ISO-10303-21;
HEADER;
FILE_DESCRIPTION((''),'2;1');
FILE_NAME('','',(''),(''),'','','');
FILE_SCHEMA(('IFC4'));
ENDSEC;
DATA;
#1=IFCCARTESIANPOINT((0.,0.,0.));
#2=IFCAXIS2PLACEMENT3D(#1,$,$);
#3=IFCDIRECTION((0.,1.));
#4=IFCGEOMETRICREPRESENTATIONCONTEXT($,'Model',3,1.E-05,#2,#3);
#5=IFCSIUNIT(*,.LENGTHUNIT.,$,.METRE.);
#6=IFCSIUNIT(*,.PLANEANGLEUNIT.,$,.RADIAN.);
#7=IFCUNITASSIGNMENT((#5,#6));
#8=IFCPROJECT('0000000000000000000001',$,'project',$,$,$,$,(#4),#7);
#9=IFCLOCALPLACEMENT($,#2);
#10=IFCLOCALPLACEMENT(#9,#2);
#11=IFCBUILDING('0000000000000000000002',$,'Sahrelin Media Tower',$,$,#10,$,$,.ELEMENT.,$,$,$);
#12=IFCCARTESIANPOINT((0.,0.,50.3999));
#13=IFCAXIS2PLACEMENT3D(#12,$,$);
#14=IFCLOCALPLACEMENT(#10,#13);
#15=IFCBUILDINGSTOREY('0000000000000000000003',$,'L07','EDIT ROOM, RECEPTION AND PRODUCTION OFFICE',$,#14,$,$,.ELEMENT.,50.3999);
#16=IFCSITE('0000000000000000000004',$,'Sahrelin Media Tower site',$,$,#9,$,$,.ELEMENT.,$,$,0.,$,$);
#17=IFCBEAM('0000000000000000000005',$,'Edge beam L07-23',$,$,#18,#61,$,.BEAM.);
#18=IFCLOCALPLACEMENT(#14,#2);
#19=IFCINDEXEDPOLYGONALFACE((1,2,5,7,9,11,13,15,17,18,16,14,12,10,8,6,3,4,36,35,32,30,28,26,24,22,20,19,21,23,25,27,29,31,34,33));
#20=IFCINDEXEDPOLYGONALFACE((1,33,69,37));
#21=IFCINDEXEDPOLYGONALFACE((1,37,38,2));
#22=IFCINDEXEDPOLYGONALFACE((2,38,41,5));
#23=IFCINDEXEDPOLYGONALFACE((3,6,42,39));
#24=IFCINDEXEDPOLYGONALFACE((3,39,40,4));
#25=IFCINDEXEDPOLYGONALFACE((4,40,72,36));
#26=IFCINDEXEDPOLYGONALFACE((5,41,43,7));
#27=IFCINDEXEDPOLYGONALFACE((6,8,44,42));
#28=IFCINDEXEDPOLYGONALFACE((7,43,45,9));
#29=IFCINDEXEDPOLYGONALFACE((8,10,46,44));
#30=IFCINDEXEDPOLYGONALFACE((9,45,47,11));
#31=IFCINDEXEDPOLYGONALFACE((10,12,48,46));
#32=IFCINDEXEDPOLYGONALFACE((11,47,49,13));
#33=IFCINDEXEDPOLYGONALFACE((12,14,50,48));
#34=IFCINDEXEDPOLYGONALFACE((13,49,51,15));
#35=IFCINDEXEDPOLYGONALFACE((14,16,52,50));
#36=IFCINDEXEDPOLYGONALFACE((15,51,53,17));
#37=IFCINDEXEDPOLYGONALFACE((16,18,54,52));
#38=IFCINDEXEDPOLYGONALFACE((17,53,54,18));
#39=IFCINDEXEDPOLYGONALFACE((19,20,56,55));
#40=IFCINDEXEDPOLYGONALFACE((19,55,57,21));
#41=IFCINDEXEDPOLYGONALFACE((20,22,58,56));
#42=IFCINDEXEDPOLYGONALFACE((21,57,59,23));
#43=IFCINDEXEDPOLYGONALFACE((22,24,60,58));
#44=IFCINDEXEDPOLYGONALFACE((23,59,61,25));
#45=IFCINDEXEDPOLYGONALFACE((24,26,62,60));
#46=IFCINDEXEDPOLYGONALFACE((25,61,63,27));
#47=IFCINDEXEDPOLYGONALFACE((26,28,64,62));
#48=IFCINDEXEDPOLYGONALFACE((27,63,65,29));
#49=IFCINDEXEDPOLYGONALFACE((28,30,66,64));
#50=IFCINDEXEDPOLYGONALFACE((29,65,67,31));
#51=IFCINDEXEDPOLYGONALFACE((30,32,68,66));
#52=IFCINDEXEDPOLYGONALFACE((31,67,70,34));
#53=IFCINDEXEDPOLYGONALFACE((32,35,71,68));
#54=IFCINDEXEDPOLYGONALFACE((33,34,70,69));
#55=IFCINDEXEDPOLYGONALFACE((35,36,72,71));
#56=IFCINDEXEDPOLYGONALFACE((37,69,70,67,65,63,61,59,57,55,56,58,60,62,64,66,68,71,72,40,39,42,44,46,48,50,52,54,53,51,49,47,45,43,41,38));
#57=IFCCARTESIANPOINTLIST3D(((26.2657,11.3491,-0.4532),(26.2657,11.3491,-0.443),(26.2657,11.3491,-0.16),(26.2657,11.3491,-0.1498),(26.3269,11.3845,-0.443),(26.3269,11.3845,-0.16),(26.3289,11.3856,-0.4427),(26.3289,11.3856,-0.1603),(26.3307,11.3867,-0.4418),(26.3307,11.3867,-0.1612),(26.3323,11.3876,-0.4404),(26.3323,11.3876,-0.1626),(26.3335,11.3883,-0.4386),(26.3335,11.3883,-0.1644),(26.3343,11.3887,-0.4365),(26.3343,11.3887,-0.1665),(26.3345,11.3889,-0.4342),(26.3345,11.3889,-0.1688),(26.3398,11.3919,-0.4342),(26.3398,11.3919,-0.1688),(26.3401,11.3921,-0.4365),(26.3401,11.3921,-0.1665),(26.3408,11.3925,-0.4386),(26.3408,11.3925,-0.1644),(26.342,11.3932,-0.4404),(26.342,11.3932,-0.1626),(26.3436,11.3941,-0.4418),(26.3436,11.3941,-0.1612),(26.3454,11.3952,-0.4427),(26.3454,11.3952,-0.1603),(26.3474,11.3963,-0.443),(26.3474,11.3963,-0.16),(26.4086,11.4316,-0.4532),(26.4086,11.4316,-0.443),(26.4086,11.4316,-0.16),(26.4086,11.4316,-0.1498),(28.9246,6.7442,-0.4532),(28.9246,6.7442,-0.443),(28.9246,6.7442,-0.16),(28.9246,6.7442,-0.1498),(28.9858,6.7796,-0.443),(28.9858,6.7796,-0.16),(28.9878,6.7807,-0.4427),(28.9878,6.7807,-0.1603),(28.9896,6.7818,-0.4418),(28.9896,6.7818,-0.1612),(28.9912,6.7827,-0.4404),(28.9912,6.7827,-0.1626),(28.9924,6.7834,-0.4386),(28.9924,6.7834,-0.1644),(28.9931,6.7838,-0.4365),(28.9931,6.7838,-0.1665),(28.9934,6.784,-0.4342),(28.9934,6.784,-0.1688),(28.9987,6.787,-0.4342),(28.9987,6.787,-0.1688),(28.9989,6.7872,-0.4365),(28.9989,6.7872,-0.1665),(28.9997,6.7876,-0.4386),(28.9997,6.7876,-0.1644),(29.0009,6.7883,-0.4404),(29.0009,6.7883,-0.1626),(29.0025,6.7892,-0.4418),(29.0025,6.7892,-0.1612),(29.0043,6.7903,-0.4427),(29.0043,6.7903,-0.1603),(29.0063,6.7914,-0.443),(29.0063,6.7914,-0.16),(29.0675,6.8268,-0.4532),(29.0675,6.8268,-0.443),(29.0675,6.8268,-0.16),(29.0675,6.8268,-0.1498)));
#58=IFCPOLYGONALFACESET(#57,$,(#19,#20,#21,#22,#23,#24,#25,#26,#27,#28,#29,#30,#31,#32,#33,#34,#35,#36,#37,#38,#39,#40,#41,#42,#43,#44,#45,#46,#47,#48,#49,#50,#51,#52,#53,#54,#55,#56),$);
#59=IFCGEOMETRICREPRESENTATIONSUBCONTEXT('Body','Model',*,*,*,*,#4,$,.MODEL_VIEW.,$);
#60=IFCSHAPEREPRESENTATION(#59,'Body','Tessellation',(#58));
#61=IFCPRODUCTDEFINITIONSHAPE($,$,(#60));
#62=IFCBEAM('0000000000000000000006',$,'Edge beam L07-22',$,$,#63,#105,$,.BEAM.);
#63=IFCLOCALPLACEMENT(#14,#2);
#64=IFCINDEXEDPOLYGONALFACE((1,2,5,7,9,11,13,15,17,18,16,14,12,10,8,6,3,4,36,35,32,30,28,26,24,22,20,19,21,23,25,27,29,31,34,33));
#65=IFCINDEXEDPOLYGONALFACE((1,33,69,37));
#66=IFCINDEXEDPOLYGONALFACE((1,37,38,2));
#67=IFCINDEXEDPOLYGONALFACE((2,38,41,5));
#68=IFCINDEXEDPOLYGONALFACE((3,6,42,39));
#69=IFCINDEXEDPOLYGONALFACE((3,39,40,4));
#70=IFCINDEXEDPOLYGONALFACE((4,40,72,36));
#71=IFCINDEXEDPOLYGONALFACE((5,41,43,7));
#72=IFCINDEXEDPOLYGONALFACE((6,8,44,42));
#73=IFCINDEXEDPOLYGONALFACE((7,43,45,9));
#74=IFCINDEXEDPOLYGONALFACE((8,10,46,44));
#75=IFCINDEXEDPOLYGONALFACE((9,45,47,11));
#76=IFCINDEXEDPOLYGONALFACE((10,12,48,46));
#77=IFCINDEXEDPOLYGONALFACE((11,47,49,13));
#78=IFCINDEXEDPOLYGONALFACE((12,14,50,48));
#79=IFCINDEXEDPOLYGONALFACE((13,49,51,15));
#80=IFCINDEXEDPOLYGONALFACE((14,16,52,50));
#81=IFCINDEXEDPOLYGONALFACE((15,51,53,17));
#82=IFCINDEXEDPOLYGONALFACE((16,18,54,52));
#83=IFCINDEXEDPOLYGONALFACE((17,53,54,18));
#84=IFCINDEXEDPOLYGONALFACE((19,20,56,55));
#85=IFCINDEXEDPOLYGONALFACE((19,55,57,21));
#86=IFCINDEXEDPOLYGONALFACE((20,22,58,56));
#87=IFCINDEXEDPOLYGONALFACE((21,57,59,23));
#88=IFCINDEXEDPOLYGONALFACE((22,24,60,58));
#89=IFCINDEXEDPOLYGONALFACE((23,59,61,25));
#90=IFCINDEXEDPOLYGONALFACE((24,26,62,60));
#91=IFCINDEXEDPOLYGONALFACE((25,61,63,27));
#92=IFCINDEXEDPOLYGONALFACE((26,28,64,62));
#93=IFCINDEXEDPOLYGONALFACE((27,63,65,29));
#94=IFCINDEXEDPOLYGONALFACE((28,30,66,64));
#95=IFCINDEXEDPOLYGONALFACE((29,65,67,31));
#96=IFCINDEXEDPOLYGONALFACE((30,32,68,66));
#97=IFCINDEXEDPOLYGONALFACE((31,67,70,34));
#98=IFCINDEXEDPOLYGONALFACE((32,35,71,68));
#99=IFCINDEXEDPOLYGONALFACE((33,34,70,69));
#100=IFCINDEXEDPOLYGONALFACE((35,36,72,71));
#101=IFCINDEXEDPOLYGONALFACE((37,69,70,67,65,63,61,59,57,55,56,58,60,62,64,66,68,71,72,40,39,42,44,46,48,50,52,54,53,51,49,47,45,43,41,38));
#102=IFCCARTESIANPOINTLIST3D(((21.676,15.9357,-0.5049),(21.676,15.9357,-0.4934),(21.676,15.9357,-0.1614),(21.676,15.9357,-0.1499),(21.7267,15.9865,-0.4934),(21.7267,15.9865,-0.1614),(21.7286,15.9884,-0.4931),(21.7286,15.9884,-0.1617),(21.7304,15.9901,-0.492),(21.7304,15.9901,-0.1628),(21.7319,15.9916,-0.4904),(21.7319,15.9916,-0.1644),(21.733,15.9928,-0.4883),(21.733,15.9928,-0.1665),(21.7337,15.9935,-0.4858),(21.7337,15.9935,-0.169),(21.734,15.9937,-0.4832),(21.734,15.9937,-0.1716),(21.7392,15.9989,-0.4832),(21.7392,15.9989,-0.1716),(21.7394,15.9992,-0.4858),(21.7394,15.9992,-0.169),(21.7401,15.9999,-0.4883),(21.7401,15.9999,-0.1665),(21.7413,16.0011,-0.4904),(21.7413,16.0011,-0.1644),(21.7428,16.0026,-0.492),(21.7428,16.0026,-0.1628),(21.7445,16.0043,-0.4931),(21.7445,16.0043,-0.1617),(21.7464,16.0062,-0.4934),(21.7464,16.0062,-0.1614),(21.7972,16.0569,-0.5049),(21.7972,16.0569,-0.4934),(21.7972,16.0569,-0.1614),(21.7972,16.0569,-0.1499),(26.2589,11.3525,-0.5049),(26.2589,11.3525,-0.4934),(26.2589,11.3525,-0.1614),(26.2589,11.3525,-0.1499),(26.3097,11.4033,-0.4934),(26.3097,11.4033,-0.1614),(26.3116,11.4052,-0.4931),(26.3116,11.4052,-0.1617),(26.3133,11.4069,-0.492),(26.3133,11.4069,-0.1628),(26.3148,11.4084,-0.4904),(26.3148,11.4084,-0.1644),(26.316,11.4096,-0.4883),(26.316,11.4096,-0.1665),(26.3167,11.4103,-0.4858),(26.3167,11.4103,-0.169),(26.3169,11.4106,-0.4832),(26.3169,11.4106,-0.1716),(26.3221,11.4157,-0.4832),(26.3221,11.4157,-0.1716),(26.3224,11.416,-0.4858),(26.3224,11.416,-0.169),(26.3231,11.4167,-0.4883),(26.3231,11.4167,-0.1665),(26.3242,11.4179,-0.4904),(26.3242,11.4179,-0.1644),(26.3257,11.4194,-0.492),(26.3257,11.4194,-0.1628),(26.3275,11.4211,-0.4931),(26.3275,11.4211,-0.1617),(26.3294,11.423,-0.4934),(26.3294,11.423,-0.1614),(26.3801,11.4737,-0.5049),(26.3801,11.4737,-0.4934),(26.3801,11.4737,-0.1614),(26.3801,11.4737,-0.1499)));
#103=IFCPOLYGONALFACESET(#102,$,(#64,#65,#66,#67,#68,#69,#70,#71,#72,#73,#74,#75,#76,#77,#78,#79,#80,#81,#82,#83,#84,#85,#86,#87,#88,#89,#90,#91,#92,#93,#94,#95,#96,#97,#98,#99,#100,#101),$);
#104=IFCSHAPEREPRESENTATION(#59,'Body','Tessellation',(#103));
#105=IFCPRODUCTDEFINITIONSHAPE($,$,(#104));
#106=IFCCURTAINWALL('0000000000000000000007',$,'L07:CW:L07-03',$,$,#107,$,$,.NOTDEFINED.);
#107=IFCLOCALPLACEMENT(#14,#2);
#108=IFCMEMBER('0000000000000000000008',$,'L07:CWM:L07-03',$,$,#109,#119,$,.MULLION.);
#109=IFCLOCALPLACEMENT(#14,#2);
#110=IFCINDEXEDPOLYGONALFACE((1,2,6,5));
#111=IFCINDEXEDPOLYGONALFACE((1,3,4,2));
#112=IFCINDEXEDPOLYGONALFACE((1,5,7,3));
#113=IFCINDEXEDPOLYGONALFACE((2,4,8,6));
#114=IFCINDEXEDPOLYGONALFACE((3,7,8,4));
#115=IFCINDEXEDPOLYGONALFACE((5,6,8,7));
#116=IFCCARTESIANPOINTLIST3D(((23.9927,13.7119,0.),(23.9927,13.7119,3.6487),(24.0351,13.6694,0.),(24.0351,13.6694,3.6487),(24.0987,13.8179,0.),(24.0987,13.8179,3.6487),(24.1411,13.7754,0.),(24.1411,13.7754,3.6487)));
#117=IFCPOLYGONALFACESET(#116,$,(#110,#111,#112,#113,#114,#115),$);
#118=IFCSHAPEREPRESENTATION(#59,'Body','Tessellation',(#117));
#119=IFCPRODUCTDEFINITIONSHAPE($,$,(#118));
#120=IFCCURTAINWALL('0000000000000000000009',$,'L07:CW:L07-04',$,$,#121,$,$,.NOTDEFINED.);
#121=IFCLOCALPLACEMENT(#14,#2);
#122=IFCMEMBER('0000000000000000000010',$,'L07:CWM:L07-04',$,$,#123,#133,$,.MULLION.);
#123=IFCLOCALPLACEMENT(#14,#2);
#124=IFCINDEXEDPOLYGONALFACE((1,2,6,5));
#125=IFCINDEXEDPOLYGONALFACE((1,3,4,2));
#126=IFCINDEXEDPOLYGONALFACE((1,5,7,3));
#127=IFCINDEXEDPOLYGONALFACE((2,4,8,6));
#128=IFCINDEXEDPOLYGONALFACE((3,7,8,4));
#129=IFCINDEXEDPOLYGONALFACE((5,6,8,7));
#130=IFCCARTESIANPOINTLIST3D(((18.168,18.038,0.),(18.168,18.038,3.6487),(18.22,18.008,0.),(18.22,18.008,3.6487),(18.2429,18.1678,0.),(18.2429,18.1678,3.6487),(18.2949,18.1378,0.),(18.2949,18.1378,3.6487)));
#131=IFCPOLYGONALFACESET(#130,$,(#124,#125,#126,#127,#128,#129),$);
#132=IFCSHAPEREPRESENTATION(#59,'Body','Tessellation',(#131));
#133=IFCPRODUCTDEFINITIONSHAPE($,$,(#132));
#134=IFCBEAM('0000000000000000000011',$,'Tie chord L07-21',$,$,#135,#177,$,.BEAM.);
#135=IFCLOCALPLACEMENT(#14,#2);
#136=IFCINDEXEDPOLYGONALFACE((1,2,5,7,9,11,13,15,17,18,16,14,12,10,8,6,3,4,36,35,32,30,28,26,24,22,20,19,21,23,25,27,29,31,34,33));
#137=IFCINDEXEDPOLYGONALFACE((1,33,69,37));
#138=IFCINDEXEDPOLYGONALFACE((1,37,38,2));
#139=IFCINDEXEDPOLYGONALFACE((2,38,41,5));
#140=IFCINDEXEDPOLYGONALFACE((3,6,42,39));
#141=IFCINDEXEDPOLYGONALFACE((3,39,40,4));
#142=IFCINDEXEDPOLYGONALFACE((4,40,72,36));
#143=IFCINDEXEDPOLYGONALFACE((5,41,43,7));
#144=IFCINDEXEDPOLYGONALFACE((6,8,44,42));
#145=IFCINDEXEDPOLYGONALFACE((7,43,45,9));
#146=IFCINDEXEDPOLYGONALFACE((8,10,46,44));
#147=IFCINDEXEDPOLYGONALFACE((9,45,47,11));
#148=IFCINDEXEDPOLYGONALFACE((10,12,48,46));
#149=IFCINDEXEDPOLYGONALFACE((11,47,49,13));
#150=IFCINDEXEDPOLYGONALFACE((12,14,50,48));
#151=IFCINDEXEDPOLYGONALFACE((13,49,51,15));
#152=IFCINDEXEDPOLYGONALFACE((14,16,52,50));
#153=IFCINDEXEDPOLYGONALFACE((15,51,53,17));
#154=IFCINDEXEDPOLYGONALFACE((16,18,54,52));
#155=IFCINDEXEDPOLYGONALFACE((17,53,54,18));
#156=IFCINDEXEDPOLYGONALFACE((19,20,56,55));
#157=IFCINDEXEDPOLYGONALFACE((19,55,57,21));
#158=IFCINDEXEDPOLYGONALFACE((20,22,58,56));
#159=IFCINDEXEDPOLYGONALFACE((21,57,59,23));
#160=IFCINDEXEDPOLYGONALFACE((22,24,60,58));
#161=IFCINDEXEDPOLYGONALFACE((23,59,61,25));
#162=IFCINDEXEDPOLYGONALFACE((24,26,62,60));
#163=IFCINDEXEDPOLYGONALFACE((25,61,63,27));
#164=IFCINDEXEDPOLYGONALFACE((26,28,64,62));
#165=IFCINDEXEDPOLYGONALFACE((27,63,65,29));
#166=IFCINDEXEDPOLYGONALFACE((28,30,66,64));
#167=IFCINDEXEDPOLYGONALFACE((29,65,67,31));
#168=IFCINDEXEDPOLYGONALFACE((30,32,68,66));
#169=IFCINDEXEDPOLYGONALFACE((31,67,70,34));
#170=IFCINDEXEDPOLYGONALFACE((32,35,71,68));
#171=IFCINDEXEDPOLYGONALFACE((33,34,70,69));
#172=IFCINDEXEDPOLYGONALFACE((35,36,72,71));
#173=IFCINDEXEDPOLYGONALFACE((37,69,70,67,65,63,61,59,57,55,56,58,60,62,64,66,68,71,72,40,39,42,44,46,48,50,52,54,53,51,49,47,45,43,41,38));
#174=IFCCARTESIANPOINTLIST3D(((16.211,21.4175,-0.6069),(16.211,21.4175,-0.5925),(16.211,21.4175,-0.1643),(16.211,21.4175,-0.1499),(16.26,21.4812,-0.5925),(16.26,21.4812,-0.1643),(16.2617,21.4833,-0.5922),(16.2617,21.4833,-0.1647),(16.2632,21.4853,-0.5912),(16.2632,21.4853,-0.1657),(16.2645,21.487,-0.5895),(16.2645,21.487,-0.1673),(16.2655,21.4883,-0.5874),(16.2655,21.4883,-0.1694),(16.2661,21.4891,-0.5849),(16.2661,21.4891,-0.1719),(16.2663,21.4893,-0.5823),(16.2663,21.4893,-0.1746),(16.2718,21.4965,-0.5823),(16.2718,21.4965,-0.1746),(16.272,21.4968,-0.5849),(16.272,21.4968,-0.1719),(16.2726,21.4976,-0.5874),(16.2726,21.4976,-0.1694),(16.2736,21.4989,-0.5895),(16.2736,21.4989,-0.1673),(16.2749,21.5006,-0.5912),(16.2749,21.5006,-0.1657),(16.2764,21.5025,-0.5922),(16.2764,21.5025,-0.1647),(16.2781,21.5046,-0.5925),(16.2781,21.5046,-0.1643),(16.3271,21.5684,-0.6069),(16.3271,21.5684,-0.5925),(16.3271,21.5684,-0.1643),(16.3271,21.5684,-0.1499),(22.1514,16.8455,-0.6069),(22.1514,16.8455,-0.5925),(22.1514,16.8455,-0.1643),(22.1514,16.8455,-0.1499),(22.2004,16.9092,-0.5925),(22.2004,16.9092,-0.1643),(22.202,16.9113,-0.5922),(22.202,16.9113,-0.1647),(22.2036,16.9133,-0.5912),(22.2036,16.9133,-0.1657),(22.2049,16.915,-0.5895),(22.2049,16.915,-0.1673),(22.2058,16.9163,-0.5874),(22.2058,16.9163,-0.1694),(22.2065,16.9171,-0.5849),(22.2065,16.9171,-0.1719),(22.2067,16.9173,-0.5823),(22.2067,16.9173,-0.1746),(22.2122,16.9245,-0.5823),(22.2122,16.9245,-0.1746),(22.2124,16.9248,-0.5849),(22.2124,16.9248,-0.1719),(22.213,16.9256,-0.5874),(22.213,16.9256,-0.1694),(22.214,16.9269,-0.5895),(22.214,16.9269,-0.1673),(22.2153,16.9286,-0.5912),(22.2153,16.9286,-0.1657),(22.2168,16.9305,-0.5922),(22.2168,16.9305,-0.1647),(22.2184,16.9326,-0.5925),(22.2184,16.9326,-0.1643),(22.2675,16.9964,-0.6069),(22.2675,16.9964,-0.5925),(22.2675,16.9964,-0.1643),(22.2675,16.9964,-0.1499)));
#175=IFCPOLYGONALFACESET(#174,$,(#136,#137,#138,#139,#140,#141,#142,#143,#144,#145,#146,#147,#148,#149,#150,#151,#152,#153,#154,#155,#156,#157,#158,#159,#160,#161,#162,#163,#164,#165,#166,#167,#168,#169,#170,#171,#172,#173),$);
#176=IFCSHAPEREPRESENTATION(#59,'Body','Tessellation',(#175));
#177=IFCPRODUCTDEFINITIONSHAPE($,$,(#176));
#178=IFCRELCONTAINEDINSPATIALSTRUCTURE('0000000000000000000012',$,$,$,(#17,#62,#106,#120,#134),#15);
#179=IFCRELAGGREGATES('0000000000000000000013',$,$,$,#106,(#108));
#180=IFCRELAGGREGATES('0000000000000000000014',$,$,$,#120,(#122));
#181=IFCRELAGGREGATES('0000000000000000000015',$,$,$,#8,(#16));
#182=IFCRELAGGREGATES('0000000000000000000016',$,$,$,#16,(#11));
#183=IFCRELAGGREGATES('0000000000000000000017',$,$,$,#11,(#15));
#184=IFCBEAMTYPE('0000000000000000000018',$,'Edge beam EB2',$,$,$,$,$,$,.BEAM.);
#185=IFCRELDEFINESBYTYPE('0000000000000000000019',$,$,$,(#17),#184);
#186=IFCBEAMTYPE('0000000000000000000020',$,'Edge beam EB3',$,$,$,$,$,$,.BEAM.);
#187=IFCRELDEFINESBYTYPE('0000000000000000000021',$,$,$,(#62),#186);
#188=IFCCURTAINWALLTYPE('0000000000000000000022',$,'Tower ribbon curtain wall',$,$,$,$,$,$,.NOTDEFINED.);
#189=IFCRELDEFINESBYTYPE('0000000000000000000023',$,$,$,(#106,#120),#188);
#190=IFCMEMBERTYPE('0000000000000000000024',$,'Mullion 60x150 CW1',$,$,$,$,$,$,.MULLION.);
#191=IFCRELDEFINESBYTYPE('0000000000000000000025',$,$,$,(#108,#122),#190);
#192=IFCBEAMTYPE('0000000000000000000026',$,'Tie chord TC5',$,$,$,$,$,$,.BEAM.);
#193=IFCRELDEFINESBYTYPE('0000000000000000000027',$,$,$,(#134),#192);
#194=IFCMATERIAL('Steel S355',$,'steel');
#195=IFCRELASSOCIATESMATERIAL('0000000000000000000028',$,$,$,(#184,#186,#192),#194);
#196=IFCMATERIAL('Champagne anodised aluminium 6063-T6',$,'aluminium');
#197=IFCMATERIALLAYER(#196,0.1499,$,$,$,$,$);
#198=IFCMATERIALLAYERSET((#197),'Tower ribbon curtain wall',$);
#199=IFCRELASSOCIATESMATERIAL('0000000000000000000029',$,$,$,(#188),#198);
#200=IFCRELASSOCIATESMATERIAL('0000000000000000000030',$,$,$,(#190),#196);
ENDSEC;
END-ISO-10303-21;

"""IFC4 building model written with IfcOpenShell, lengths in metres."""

from ifc_helpers import new_model, si_unit, direction, frame, origin, origin_2d, place, context, subcontext, project, spatial, rectangle, i_section, extrude, material, layer, layer_set, material_profile, profile_set, type_object, element, aggregate, save


model = new_model("IFC4")

# Units and contexts
model_context = context("Model", 3, precision=1e-05, world=origin(), true_north=direction((0.0, 1.0)))
body_context = subcontext(model_context, "Body", "Model", "MODEL_VIEW")
ifc_project = project(units=[si_unit("LENGTHUNIT", "METRE"), si_unit("PLANEANGLEUNIT", "RADIAN")], contexts=[model_context])

# Site, building, storey
site_placement = place(None, origin())
site = spatial("IfcSite", under=ifc_project, at=site_placement, Name="Sahrelin Media Tower site", CompositionType="ELEMENT", RefElevation=0.0)
building_placement = place(site_placement, origin())
building = spatial("IfcBuilding", under=site, at=building_placement, Name="Sahrelin Media Tower", CompositionType="ELEMENT")
storey_placement = place(building_placement, frame((0.0, 0.0, 50.3999)))
storey = spatial("IfcBuildingStorey", under=building, at=storey_placement, Name="L07", Description="EDIT ROOM, RECEPTION AND PRODUCTION OFFICE", CompositionType="ELEMENT", Elevation=50.3999)

# Beams
ifc_material_1 = material(Name="Steel S355", Category="steel")
ifc_material_profile_1 = material_profile(ifc_material_1, i_section(OverallWidth=0.165, OverallDepth=0.3035, WebThickness=0.0061, FlangeThickness=0.0103, FilletRadius=0.0088, at=origin_2d()), Name="UB 305x165x40")
ifc_profile_set_1 = profile_set([ifc_material_profile_1], Name="Steel S355")
beam_type_1 = type_object("IfcBeamType", Name="Edge beam EB2", PredefinedType="BEAM", material=ifc_profile_set_1)
beam_1_placement = place(storey_placement, frame((26.3372, 11.3904, -0.3015), z_axis=(0.500035, -0.866005, 0.0), x_axis=(0.866005, 0.500035, 0.0)))
element("IfcBeam", 1, at=beam_1_placement, inside=storey, type_object=beam_type_1, Name="Edge beam L07-23", PredefinedType="BEAM", context=body_context, shape_type="SweptSolid", body=[
    extrude(i_section(OverallWidth=0.165, OverallDepth=0.3035, WebThickness=0.0061, FlangeThickness=0.0103, FilletRadius=0.0088, at=origin_2d()), origin(), (0.0, 0.0, 1.0), 5.3174),
])
ifc_material_profile_2 = material_profile(ifc_material_1, i_section(OverallWidth=0.1714, OverallDepth=0.355, WebThickness=0.0073, FlangeThickness=0.0115, FilletRadius=0.0103, at=origin_2d()), Name="UB 356x171x51")
ifc_profile_set_2 = profile_set([ifc_material_profile_2], Name="Steel S355")
beam_type_2 = type_object("IfcBeamType", Name="Edge beam EB3", PredefinedType="BEAM", material=ifc_profile_set_2)
beam_2_placement = place(storey_placement, frame((21.7366, 15.9963, -0.3274), z_axis=(0.707088, -0.707126, 0.0), x_axis=(0.707126, 0.707088, 0.0)))
element("IfcBeam", 2, at=beam_2_placement, inside=storey, type_object=beam_type_2, Name="Edge beam L07-22", PredefinedType="BEAM", context=body_context, shape_type="SweptSolid", body=[
    extrude(i_section(OverallWidth=0.1714, OverallDepth=0.355, WebThickness=0.0073, FlangeThickness=0.0115, FilletRadius=0.0103, at=origin_2d()), origin(), (0.0, 0.0, 1.0), 6.4814),
])

# Curtain walls, members
ifc_material_2 = material(Name="Champagne anodised aluminium 6063-T6", Category="aluminium")
ifc_layer_1 = layer(ifc_material_2, 0.1499)
ifc_layer_set_1 = layer_set([ifc_layer_1], Name="Tower ribbon curtain wall")
curtain_wall_type = type_object("IfcCurtainWallType", Name="Tower ribbon curtain wall", PredefinedType="NOTDEFINED", material=ifc_layer_set_1)
curtain_wall_1_placement = place(storey_placement, frame((24.1343, 13.8108, 0.0), z_axis=(0.0, 0.0, 1.0), x_axis=(1.0, 0.0, 0.0)))
curtain_wall_1 = element("IfcCurtainWall", 3, at=curtain_wall_1_placement, inside=storey, type_object=curtain_wall_type, Name="L07:CW:L07-03", PredefinedType="NOTDEFINED")
ifc_material_profile_3 = material_profile(ifc_material_2, rectangle(XDim=0.0601, YDim=0.1499, at=origin_2d()), Name="Mullion 60x150")
ifc_profile_set_3 = profile_set([ifc_material_profile_3], Name="Champagne anodised aluminium 6063-T6")
member_type_1 = type_object("IfcMemberType", Name="Mullion 60x150 CW1", PredefinedType="MULLION", material=ifc_profile_set_3)
member_1_placement = place(storey_placement, frame((24.0669, 13.7437, 0.0), z_axis=(0.0, 0.0, 1.0), x_axis=(-0.707107, 0.707107, 0.0)))
member_1 = element("IfcMember", 4, at=member_1_placement, type_object=member_type_1, Name="L07:CWM:L07-03", PredefinedType="MULLION", context=body_context, shape_type="SweptSolid", body=[
    extrude(rectangle(XDim=0.0601, YDim=0.1499, at=origin_2d()), origin(), (0.0, 0.0, 1.0), 3.6487),
])
curtain_wall_2_placement = place(storey_placement, frame((18.2788, 18.1702, 0.0), z_axis=(0.0, 0.0, 1.0), x_axis=(1.0, 0.0, 0.0)))
curtain_wall_2 = element("IfcCurtainWall", 5, at=curtain_wall_2_placement, inside=storey, type_object=curtain_wall_type, Name="L07:CW:L07-04", PredefinedType="NOTDEFINED")
member_2_placement = place(storey_placement, frame((18.2314, 18.0879, 0.0), z_axis=(0.0, 0.0, 1.0), x_axis=(-0.866025, 0.5, 0.0)))
member_2 = element("IfcMember", 6, at=member_2_placement, type_object=member_type_1, Name="L07:CWM:L07-04", PredefinedType="MULLION", context=body_context, shape_type="SweptSolid", body=[
    extrude(rectangle(XDim=0.0601, YDim=0.1499, at=origin_2d()), origin(), (0.0, 0.0, 1.0), 3.6487),
])

# Beam
ifc_material_profile_4 = material_profile(ifc_material_1, i_section(OverallWidth=0.1904, OverallDepth=0.457, WebThickness=0.009, FlangeThickness=0.0144, FilletRadius=0.0103, at=origin_2d()), Name="UB 457x191x74")
ifc_profile_set_4 = profile_set([ifc_material_profile_4], Name="Steel S355")
beam_type_3 = type_object("IfcBeamType", Name="Tie chord TC5", PredefinedType="BEAM", material=ifc_profile_set_4)
beam_3_placement = place(storey_placement, frame((16.269, 21.4929, -0.3784), z_axis=(0.792465, -0.609917, 0.0), x_axis=(0.609917, 0.792465, 0.0)))
element("IfcBeam", 7, at=beam_3_placement, inside=storey, type_object=beam_type_3, Name="Tie chord L07-21", PredefinedType="BEAM", context=body_context, shape_type="SweptSolid", body=[
    extrude(i_section(OverallWidth=0.1904, OverallDepth=0.457, WebThickness=0.009, FlangeThickness=0.0144, FilletRadius=0.0103, at=origin_2d()), origin(), (0.0, 0.0, 1.0), 7.4961),
])

aggregate(curtain_wall_1, [member_1])
aggregate(curtain_wall_2, [member_2])

save(model, "model.ifc")
